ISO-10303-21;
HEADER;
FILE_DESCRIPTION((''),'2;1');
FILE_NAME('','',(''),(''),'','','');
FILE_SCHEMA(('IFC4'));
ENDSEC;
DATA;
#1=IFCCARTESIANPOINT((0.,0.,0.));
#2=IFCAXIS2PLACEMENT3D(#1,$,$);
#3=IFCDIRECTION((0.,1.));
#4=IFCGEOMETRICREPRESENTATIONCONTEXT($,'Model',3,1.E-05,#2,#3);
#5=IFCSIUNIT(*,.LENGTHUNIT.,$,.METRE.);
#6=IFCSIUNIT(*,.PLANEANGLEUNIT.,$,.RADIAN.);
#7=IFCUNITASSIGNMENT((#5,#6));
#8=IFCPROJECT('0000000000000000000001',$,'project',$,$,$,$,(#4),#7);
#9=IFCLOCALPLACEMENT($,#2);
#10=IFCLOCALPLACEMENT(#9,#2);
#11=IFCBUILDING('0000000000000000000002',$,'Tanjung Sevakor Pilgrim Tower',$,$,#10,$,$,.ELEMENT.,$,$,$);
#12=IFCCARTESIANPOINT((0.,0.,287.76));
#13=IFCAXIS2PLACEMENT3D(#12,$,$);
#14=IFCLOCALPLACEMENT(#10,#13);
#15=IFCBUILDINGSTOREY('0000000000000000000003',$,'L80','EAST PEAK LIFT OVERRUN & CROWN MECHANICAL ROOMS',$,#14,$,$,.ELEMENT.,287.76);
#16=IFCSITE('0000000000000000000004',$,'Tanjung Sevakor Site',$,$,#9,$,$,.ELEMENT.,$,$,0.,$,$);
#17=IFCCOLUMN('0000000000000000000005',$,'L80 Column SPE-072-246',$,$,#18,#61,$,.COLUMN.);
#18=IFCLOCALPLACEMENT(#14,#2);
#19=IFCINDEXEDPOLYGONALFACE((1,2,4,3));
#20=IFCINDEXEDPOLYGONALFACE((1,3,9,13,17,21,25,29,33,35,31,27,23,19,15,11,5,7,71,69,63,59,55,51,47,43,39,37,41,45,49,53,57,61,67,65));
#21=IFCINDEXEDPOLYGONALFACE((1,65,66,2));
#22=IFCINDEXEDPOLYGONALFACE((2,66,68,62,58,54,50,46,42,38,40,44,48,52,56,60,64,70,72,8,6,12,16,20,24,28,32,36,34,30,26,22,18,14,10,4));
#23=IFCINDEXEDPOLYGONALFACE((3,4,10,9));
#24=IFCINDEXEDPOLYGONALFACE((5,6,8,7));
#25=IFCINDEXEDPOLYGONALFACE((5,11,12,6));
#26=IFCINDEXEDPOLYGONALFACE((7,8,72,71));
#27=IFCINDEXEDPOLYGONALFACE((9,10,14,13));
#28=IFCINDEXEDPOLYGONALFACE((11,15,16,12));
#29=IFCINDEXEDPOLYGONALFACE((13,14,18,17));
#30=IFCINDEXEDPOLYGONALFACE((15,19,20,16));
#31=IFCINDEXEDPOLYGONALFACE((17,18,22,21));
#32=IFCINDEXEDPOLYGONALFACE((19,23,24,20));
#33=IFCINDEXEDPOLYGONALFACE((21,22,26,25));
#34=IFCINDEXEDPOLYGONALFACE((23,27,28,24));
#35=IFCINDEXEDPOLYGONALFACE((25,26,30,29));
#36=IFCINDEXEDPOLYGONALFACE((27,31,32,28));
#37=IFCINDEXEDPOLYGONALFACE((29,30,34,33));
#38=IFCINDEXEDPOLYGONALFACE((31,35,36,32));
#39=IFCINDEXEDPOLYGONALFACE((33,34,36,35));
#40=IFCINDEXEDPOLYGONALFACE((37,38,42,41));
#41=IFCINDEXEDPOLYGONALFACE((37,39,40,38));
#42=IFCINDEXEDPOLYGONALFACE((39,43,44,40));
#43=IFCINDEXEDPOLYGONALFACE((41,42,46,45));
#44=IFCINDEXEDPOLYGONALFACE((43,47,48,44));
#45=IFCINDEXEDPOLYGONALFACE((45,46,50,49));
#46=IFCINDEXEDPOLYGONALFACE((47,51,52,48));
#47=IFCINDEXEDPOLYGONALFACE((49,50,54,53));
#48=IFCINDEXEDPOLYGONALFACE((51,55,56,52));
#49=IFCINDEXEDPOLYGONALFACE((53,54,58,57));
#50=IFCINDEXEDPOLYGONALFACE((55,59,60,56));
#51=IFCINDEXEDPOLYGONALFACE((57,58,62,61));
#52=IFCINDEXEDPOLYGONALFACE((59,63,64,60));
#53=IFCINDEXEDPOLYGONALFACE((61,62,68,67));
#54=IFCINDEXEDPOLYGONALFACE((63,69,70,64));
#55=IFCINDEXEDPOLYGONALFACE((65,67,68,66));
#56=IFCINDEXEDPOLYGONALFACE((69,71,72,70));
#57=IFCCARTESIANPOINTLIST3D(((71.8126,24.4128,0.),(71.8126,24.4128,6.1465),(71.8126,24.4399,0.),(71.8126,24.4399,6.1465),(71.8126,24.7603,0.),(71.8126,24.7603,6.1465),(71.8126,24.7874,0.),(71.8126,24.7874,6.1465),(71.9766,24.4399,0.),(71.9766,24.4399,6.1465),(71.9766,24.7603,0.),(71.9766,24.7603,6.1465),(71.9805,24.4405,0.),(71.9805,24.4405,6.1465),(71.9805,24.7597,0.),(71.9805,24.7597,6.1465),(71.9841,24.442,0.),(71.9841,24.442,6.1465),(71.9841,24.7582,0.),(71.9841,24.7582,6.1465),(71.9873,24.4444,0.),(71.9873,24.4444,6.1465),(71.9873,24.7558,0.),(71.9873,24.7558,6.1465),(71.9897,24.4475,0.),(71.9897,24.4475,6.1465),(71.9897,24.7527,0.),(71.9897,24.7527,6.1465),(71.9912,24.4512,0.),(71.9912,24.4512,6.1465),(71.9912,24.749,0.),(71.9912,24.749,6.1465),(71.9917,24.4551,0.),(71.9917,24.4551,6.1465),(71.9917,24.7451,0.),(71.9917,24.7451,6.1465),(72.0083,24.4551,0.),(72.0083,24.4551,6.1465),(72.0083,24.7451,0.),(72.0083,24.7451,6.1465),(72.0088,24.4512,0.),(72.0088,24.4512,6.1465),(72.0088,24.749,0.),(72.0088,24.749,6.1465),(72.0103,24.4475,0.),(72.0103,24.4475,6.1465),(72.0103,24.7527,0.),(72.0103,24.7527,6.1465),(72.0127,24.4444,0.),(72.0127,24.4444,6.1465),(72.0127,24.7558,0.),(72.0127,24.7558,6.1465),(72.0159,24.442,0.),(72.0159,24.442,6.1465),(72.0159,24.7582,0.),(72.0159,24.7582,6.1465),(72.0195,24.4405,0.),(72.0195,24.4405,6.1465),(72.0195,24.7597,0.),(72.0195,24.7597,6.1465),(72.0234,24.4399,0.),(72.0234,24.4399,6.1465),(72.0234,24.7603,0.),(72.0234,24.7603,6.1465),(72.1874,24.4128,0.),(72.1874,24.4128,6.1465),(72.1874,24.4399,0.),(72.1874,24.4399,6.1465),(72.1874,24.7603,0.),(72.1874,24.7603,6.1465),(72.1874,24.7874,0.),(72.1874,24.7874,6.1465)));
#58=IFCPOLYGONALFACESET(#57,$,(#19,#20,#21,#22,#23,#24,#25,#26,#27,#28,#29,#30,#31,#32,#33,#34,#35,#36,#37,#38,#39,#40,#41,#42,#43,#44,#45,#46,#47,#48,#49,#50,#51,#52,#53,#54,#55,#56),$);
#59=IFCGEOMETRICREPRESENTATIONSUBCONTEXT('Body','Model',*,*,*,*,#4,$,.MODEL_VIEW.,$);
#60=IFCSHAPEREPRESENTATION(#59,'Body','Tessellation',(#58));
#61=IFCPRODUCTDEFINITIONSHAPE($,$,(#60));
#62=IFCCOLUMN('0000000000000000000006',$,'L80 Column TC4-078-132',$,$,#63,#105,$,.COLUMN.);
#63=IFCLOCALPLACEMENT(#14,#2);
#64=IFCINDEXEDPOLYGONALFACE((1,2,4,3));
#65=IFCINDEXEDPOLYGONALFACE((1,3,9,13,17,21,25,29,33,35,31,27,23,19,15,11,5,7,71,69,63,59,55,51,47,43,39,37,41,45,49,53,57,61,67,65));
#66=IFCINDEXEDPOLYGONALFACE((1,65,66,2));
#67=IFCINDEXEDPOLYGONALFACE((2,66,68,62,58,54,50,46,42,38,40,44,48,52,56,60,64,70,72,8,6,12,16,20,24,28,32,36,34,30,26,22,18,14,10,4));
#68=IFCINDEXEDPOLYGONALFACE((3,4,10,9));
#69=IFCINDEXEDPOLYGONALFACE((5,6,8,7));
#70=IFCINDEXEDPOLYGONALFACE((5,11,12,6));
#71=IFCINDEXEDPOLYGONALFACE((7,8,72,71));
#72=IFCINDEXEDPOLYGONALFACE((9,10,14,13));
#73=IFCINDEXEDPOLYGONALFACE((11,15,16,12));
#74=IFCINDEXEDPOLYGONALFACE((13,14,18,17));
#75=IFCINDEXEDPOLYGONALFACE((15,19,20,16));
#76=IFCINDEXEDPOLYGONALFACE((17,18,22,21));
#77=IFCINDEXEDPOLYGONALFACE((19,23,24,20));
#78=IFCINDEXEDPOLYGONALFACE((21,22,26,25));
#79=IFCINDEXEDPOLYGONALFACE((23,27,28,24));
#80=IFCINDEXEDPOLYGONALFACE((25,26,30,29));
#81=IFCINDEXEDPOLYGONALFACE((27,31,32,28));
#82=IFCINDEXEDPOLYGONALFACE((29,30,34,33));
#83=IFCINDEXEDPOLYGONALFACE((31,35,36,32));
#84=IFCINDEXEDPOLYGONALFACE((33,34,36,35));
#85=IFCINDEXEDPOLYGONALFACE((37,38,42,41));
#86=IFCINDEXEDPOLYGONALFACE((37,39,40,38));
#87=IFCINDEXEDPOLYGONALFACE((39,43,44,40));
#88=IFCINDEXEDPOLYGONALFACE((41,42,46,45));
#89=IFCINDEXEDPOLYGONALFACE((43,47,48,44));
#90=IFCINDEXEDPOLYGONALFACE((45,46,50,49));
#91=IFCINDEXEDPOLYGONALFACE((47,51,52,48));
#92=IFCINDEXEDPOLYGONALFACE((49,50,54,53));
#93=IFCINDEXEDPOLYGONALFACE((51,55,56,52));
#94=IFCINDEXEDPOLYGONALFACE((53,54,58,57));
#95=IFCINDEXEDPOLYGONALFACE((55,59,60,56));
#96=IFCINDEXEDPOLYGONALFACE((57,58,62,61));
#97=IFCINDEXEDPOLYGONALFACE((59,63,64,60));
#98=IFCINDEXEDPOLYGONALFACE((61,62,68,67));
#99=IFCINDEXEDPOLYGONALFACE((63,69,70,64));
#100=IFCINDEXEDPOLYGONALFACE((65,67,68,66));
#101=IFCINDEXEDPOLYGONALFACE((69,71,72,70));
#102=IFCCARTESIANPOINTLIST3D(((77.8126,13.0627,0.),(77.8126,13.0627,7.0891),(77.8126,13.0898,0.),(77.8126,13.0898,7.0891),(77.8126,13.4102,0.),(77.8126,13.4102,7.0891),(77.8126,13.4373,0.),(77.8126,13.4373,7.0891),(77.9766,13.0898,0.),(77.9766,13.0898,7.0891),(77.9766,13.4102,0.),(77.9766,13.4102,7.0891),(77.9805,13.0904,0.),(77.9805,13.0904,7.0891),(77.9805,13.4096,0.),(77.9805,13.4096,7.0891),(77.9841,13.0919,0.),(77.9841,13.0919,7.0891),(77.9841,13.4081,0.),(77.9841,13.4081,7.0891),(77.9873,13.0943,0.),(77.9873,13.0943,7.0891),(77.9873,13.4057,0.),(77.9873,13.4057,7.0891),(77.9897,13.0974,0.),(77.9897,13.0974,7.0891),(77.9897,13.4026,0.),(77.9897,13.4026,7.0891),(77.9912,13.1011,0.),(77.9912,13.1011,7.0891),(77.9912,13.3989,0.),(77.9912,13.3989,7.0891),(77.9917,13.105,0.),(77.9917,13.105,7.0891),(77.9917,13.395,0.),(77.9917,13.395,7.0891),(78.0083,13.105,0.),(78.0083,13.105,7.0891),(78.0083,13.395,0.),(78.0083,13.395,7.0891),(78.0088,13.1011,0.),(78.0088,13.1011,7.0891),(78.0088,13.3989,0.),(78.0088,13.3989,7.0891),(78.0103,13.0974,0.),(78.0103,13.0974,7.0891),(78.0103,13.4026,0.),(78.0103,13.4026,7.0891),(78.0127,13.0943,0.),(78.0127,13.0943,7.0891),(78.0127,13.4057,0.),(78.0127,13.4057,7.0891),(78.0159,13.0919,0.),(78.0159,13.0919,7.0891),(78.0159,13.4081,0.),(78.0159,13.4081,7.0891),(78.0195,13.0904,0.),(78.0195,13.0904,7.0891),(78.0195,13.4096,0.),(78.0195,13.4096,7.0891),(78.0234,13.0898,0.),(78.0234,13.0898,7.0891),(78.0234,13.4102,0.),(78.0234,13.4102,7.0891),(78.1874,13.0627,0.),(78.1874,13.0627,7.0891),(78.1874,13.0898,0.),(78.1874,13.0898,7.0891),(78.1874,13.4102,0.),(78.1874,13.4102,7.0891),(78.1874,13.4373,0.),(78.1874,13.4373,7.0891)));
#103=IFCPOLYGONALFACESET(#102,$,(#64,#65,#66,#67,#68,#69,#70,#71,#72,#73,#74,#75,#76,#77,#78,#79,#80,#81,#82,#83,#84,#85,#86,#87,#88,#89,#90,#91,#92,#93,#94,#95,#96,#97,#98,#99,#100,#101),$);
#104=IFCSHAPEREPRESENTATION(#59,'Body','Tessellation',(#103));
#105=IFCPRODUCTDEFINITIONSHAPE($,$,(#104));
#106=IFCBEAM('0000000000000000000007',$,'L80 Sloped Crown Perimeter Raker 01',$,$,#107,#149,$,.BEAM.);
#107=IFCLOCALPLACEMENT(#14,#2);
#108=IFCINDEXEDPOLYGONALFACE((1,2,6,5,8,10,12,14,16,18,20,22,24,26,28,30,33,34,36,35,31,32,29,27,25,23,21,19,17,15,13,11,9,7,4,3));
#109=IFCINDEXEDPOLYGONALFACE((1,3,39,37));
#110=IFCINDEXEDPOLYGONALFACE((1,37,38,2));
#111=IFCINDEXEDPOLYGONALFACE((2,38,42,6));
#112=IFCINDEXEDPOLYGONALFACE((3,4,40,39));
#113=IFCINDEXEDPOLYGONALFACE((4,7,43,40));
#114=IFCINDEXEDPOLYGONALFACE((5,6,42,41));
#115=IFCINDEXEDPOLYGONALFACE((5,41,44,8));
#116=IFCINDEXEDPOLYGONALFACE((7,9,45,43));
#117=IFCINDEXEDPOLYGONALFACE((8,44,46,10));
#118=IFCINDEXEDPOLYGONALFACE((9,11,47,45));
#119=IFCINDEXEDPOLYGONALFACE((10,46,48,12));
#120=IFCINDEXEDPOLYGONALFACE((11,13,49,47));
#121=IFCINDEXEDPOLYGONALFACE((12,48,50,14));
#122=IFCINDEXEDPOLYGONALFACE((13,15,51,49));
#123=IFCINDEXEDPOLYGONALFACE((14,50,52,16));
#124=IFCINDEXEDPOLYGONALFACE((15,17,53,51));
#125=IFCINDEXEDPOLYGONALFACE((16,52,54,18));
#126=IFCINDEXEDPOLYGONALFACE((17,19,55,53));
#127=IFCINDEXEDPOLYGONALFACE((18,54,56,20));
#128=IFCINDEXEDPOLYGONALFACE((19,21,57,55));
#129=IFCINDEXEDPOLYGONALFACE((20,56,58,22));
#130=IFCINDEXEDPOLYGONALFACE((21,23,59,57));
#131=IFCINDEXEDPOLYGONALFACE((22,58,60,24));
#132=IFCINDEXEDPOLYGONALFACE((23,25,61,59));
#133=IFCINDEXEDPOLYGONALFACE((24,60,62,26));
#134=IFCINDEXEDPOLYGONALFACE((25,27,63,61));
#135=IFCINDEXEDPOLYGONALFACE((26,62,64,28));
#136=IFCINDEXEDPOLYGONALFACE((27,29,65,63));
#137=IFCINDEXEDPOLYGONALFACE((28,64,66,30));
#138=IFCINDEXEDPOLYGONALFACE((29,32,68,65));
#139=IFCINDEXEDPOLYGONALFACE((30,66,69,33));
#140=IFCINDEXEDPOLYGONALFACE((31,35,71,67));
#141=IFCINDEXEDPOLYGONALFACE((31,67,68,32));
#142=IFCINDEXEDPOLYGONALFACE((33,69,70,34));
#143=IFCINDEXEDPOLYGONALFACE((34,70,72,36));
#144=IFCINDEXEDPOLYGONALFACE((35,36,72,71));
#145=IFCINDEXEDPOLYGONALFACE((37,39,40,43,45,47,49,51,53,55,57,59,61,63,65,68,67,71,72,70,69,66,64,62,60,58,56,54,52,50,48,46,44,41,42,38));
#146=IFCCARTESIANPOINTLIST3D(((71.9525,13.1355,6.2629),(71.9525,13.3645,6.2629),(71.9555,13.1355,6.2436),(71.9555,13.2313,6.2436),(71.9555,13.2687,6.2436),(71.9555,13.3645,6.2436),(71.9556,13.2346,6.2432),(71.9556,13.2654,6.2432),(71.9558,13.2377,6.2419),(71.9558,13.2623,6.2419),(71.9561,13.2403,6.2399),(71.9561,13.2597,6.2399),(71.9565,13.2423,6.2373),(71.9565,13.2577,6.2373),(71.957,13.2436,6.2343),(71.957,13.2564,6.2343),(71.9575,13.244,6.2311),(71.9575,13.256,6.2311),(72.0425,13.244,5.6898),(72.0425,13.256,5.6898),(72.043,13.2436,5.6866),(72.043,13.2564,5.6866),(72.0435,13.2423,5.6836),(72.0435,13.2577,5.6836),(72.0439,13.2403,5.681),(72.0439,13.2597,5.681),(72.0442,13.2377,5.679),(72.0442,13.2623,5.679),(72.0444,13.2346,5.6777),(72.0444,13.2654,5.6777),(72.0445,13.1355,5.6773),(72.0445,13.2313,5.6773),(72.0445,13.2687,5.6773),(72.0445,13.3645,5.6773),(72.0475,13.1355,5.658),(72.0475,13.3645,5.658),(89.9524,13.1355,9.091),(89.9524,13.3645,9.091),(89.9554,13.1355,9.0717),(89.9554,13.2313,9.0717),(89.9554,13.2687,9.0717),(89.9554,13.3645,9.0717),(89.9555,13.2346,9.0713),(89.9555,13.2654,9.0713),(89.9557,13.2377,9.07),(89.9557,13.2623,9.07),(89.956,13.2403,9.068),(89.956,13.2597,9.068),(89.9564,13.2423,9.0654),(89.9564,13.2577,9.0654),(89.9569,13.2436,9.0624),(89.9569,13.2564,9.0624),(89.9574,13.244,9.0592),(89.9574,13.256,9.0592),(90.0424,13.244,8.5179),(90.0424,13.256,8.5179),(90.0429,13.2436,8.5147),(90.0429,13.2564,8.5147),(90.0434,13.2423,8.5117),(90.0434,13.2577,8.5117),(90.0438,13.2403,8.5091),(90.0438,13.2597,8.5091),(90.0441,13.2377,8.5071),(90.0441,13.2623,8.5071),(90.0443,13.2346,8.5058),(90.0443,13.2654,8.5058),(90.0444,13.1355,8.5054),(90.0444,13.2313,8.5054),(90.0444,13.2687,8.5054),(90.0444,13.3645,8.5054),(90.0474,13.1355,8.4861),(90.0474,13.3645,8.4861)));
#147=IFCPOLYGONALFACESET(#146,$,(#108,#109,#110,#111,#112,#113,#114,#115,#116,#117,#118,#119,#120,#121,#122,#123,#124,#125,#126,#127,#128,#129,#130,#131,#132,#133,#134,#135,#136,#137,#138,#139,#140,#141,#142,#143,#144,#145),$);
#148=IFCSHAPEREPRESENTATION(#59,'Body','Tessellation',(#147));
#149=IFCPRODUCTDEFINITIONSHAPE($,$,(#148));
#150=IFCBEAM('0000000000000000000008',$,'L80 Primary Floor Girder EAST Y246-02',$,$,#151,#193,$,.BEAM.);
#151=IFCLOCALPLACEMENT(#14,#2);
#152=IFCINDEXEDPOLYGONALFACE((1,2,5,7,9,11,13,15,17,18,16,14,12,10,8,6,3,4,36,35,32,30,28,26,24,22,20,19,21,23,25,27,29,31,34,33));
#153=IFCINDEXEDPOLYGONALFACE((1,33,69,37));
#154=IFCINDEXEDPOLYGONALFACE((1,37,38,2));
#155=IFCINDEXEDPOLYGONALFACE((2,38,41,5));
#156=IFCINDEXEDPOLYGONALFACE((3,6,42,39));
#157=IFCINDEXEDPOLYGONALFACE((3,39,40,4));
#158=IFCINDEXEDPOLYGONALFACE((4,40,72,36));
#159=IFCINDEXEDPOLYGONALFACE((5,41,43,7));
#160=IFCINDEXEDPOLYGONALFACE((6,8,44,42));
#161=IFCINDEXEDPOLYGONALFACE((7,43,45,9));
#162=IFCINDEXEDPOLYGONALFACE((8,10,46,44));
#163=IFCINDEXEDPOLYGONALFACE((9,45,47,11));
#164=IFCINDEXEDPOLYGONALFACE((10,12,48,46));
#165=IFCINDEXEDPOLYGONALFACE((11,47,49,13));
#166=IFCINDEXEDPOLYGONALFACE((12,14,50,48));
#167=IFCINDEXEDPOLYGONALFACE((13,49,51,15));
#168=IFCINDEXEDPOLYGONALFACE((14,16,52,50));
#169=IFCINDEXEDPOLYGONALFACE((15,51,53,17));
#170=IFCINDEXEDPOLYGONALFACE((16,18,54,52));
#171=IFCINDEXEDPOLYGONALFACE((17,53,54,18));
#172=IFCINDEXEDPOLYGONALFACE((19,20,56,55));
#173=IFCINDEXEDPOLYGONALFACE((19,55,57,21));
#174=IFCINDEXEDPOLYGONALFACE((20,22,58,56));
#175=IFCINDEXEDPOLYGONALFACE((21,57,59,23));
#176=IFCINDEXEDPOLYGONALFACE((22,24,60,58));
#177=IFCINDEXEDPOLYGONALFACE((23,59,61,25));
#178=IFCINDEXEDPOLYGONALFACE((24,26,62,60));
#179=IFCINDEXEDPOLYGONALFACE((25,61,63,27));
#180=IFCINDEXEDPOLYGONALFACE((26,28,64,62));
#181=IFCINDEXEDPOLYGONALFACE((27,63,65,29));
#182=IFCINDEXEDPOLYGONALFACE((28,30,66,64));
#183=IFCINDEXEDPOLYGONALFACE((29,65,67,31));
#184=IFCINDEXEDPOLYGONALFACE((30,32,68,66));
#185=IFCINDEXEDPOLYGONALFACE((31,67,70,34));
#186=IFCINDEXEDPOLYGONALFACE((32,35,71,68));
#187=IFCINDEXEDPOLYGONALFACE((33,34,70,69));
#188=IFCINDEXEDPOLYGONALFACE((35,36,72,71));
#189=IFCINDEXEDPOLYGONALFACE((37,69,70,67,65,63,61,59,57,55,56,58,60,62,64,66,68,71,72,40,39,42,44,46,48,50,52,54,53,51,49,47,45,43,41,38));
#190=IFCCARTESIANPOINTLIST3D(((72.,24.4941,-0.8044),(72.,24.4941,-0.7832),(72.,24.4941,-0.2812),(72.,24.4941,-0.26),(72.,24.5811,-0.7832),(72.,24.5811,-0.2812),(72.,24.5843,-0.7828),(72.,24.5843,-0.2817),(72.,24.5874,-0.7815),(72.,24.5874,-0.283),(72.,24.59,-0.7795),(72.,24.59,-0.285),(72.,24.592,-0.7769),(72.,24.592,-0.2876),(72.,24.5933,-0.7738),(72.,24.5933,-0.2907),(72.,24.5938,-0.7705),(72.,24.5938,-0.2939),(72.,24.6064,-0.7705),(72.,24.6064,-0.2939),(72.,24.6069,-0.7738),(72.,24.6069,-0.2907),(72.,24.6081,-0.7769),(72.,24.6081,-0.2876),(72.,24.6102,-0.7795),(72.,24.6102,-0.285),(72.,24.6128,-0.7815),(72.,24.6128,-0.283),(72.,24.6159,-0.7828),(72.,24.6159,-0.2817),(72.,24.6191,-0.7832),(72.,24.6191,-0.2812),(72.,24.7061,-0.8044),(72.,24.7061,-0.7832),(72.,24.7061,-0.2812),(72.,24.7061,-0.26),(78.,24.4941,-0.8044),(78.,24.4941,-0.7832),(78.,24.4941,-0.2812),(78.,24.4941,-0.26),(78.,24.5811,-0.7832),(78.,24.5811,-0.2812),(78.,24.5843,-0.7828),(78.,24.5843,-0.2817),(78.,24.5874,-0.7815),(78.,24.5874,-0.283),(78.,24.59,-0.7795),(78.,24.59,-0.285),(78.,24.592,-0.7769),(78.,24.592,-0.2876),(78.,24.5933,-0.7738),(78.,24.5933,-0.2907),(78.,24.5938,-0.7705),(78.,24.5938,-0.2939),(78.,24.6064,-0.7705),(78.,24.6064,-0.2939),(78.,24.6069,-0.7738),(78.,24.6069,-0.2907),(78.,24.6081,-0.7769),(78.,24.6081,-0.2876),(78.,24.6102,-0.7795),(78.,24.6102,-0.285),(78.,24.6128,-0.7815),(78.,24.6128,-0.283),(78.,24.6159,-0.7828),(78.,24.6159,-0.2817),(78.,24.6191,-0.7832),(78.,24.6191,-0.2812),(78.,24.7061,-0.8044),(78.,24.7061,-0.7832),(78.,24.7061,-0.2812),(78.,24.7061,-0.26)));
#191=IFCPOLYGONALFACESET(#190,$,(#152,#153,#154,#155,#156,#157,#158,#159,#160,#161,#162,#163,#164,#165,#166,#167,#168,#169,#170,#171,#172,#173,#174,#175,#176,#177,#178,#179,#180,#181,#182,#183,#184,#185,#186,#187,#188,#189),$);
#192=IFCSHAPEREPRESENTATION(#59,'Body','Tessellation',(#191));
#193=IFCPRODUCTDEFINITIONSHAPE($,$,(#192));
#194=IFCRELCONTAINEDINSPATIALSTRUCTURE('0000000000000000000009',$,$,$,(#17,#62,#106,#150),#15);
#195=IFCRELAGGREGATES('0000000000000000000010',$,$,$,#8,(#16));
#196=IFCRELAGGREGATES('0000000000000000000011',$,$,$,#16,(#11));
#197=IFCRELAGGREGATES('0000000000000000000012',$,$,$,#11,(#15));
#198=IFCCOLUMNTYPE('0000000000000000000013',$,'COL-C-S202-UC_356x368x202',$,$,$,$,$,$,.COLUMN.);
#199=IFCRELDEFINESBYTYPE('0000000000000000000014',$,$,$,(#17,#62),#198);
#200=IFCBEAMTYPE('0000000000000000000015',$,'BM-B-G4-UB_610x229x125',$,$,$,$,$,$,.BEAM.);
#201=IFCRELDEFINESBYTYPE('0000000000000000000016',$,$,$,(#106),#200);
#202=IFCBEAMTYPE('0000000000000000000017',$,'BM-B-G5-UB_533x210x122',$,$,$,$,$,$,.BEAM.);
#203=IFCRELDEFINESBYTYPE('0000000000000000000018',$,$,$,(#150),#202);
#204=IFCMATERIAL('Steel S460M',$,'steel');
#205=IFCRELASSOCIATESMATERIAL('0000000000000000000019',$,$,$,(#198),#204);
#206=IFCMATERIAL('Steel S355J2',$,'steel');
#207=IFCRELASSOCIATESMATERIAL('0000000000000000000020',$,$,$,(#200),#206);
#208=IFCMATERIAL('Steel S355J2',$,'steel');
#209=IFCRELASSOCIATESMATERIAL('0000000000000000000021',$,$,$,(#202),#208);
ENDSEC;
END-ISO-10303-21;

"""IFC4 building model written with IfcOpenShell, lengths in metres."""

from ifc_helpers import new_model, si_unit, direction, frame, origin, origin_2d, place, context, subcontext, project, spatial, i_section, extrude, material, material_profile, profile_set, type_object, element, save


model = new_model("IFC4")

# Units and contexts
model_context = context("Model", 3, precision=1e-05, world=origin(), true_north=direction((0.0, 1.0)))
body_context = subcontext(model_context, "Body", "Model", "MODEL_VIEW")
ifc_project = project(units=[si_unit("LENGTHUNIT", "METRE"), si_unit("PLANEANGLEUNIT", "RADIAN")], contexts=[model_context])

# Site, building, storey
site_placement = place(None, origin())
site = spatial("IfcSite", under=ifc_project, at=site_placement, Name="Tanjung Sevakor Site", CompositionType="ELEMENT", RefElevation=0.0)
building_placement = place(site_placement, origin())
building = spatial("IfcBuilding", under=site, at=building_placement, Name="Tanjung Sevakor Pilgrim Tower", CompositionType="ELEMENT")
storey_placement = place(building_placement, frame((0.0, 0.0, 287.76)))
storey = spatial("IfcBuildingStorey", under=building, at=storey_placement, Name="L80", Description="EAST PEAK LIFT OVERRUN & CROWN MECHANICAL ROOMS", CompositionType="ELEMENT", Elevation=287.76)

# Columns
ifc_material_1 = material(Name="Steel S460M", Category="steel")
ifc_material_profile_1 = material_profile(ifc_material_1, i_section(OverallWidth=0.3748, OverallDepth=0.3745, WebThickness=0.0166, FlangeThickness=0.0271, FilletRadius=0.0151, at=origin_2d()))
ifc_profile_set_1 = profile_set([ifc_material_profile_1], Name="Steel S460M")
column_type = type_object("IfcColumnType", Name="COL-C-S202-UC_356x368x202", PredefinedType="COLUMN", material=ifc_profile_set_1)
column_1_placement = place(storey_placement, frame((72.0, 24.6001, 0.0), z_axis=(0.0, 0.0, 1.0), x_axis=(1.0, 0.0, 0.0)))
element("IfcColumn", 1, at=column_1_placement, inside=storey, type_object=column_type, Name="L80 Column SPE-072-246", PredefinedType="COLUMN", context=body_context, shape_type="SweptSolid", body=[
    extrude(i_section(OverallWidth=0.3748, OverallDepth=0.3745, WebThickness=0.0166, FlangeThickness=0.0271, FilletRadius=0.0151, at=origin_2d()), origin(), (0.0, 0.0, 1.0), 6.1465),
])
column_2_placement = place(storey_placement, frame((78.0, 13.25, 0.0), z_axis=(0.0, 0.0, 1.0), x_axis=(1.0, 0.0, 0.0)))
element("IfcColumn", 2, at=column_2_placement, inside=storey, type_object=column_type, Name="L80 Column TC4-078-132", PredefinedType="COLUMN", context=body_context, shape_type="SweptSolid", body=[
    extrude(i_section(OverallWidth=0.3748, OverallDepth=0.3745, WebThickness=0.0166, FlangeThickness=0.0271, FilletRadius=0.0151, at=origin_2d()), origin(), (0.0, 0.0, 1.0), 7.0891),
])

# Beams
ifc_material_2 = material(Name="Steel S355J2", Category="steel")
ifc_material_profile_2 = material_profile(ifc_material_2, i_section(OverallWidth=0.229, OverallDepth=0.6123, WebThickness=0.012, FlangeThickness=0.0195, FilletRadius=0.0127, at=origin_2d()))
ifc_profile_set_2 = profile_set([ifc_material_profile_2], Name="Steel S355J2")
beam_type_1 = type_object("IfcBeamType", Name="BM-B-G4-UB_610x229x125", PredefinedType="BEAM", material=ifc_profile_set_2)
beam_1_placement = place(storey_placement, frame((72.0, 13.25, 5.9604), z_axis=(0.987881, 0.0, 0.155214), x_axis=(0.0, 1.0, 0.0)))
element("IfcBeam", 3, at=beam_1_placement, inside=storey, type_object=beam_type_1, Name="L80 Sloped Crown Perimeter Raker 01", PredefinedType="BEAM", context=body_context, shape_type="SweptSolid", body=[
    extrude(i_section(OverallWidth=0.229, OverallDepth=0.6123, WebThickness=0.012, FlangeThickness=0.0195, FilletRadius=0.0127, at=origin_2d()), origin(), (0.0, 0.0, 1.0), 18.2207),
])
ifc_material_3 = material(Name="Steel S355J2", Category="steel")
ifc_material_profile_3 = material_profile(ifc_material_3, i_section(OverallWidth=0.2119, OverallDepth=0.5444, WebThickness=0.0127, FlangeThickness=0.0212, FilletRadius=0.0127, at=origin_2d()))
ifc_profile_set_3 = profile_set([ifc_material_profile_3], Name="Steel S355J2")
beam_type_2 = type_object("IfcBeamType", Name="BM-B-G5-UB_533x210x122", PredefinedType="BEAM", material=ifc_profile_set_3)
beam_2_placement = place(storey_placement, frame((72.0, 24.6001, -0.5322), z_axis=(1.0, 0.0, 0.0), x_axis=(0.0, 1.0, 0.0)))
element("IfcBeam", 4, at=beam_2_placement, inside=storey, type_object=beam_type_2, Name="L80 Primary Floor Girder EAST Y246-02", PredefinedType="BEAM", context=body_context, shape_type="SweptSolid", body=[
    extrude(i_section(OverallWidth=0.2119, OverallDepth=0.5444, WebThickness=0.0127, FlangeThickness=0.0212, FilletRadius=0.0127, at=origin_2d()), origin(), (0.0, 0.0, 1.0), 6.0),
])

save(model, "model.ifc")
